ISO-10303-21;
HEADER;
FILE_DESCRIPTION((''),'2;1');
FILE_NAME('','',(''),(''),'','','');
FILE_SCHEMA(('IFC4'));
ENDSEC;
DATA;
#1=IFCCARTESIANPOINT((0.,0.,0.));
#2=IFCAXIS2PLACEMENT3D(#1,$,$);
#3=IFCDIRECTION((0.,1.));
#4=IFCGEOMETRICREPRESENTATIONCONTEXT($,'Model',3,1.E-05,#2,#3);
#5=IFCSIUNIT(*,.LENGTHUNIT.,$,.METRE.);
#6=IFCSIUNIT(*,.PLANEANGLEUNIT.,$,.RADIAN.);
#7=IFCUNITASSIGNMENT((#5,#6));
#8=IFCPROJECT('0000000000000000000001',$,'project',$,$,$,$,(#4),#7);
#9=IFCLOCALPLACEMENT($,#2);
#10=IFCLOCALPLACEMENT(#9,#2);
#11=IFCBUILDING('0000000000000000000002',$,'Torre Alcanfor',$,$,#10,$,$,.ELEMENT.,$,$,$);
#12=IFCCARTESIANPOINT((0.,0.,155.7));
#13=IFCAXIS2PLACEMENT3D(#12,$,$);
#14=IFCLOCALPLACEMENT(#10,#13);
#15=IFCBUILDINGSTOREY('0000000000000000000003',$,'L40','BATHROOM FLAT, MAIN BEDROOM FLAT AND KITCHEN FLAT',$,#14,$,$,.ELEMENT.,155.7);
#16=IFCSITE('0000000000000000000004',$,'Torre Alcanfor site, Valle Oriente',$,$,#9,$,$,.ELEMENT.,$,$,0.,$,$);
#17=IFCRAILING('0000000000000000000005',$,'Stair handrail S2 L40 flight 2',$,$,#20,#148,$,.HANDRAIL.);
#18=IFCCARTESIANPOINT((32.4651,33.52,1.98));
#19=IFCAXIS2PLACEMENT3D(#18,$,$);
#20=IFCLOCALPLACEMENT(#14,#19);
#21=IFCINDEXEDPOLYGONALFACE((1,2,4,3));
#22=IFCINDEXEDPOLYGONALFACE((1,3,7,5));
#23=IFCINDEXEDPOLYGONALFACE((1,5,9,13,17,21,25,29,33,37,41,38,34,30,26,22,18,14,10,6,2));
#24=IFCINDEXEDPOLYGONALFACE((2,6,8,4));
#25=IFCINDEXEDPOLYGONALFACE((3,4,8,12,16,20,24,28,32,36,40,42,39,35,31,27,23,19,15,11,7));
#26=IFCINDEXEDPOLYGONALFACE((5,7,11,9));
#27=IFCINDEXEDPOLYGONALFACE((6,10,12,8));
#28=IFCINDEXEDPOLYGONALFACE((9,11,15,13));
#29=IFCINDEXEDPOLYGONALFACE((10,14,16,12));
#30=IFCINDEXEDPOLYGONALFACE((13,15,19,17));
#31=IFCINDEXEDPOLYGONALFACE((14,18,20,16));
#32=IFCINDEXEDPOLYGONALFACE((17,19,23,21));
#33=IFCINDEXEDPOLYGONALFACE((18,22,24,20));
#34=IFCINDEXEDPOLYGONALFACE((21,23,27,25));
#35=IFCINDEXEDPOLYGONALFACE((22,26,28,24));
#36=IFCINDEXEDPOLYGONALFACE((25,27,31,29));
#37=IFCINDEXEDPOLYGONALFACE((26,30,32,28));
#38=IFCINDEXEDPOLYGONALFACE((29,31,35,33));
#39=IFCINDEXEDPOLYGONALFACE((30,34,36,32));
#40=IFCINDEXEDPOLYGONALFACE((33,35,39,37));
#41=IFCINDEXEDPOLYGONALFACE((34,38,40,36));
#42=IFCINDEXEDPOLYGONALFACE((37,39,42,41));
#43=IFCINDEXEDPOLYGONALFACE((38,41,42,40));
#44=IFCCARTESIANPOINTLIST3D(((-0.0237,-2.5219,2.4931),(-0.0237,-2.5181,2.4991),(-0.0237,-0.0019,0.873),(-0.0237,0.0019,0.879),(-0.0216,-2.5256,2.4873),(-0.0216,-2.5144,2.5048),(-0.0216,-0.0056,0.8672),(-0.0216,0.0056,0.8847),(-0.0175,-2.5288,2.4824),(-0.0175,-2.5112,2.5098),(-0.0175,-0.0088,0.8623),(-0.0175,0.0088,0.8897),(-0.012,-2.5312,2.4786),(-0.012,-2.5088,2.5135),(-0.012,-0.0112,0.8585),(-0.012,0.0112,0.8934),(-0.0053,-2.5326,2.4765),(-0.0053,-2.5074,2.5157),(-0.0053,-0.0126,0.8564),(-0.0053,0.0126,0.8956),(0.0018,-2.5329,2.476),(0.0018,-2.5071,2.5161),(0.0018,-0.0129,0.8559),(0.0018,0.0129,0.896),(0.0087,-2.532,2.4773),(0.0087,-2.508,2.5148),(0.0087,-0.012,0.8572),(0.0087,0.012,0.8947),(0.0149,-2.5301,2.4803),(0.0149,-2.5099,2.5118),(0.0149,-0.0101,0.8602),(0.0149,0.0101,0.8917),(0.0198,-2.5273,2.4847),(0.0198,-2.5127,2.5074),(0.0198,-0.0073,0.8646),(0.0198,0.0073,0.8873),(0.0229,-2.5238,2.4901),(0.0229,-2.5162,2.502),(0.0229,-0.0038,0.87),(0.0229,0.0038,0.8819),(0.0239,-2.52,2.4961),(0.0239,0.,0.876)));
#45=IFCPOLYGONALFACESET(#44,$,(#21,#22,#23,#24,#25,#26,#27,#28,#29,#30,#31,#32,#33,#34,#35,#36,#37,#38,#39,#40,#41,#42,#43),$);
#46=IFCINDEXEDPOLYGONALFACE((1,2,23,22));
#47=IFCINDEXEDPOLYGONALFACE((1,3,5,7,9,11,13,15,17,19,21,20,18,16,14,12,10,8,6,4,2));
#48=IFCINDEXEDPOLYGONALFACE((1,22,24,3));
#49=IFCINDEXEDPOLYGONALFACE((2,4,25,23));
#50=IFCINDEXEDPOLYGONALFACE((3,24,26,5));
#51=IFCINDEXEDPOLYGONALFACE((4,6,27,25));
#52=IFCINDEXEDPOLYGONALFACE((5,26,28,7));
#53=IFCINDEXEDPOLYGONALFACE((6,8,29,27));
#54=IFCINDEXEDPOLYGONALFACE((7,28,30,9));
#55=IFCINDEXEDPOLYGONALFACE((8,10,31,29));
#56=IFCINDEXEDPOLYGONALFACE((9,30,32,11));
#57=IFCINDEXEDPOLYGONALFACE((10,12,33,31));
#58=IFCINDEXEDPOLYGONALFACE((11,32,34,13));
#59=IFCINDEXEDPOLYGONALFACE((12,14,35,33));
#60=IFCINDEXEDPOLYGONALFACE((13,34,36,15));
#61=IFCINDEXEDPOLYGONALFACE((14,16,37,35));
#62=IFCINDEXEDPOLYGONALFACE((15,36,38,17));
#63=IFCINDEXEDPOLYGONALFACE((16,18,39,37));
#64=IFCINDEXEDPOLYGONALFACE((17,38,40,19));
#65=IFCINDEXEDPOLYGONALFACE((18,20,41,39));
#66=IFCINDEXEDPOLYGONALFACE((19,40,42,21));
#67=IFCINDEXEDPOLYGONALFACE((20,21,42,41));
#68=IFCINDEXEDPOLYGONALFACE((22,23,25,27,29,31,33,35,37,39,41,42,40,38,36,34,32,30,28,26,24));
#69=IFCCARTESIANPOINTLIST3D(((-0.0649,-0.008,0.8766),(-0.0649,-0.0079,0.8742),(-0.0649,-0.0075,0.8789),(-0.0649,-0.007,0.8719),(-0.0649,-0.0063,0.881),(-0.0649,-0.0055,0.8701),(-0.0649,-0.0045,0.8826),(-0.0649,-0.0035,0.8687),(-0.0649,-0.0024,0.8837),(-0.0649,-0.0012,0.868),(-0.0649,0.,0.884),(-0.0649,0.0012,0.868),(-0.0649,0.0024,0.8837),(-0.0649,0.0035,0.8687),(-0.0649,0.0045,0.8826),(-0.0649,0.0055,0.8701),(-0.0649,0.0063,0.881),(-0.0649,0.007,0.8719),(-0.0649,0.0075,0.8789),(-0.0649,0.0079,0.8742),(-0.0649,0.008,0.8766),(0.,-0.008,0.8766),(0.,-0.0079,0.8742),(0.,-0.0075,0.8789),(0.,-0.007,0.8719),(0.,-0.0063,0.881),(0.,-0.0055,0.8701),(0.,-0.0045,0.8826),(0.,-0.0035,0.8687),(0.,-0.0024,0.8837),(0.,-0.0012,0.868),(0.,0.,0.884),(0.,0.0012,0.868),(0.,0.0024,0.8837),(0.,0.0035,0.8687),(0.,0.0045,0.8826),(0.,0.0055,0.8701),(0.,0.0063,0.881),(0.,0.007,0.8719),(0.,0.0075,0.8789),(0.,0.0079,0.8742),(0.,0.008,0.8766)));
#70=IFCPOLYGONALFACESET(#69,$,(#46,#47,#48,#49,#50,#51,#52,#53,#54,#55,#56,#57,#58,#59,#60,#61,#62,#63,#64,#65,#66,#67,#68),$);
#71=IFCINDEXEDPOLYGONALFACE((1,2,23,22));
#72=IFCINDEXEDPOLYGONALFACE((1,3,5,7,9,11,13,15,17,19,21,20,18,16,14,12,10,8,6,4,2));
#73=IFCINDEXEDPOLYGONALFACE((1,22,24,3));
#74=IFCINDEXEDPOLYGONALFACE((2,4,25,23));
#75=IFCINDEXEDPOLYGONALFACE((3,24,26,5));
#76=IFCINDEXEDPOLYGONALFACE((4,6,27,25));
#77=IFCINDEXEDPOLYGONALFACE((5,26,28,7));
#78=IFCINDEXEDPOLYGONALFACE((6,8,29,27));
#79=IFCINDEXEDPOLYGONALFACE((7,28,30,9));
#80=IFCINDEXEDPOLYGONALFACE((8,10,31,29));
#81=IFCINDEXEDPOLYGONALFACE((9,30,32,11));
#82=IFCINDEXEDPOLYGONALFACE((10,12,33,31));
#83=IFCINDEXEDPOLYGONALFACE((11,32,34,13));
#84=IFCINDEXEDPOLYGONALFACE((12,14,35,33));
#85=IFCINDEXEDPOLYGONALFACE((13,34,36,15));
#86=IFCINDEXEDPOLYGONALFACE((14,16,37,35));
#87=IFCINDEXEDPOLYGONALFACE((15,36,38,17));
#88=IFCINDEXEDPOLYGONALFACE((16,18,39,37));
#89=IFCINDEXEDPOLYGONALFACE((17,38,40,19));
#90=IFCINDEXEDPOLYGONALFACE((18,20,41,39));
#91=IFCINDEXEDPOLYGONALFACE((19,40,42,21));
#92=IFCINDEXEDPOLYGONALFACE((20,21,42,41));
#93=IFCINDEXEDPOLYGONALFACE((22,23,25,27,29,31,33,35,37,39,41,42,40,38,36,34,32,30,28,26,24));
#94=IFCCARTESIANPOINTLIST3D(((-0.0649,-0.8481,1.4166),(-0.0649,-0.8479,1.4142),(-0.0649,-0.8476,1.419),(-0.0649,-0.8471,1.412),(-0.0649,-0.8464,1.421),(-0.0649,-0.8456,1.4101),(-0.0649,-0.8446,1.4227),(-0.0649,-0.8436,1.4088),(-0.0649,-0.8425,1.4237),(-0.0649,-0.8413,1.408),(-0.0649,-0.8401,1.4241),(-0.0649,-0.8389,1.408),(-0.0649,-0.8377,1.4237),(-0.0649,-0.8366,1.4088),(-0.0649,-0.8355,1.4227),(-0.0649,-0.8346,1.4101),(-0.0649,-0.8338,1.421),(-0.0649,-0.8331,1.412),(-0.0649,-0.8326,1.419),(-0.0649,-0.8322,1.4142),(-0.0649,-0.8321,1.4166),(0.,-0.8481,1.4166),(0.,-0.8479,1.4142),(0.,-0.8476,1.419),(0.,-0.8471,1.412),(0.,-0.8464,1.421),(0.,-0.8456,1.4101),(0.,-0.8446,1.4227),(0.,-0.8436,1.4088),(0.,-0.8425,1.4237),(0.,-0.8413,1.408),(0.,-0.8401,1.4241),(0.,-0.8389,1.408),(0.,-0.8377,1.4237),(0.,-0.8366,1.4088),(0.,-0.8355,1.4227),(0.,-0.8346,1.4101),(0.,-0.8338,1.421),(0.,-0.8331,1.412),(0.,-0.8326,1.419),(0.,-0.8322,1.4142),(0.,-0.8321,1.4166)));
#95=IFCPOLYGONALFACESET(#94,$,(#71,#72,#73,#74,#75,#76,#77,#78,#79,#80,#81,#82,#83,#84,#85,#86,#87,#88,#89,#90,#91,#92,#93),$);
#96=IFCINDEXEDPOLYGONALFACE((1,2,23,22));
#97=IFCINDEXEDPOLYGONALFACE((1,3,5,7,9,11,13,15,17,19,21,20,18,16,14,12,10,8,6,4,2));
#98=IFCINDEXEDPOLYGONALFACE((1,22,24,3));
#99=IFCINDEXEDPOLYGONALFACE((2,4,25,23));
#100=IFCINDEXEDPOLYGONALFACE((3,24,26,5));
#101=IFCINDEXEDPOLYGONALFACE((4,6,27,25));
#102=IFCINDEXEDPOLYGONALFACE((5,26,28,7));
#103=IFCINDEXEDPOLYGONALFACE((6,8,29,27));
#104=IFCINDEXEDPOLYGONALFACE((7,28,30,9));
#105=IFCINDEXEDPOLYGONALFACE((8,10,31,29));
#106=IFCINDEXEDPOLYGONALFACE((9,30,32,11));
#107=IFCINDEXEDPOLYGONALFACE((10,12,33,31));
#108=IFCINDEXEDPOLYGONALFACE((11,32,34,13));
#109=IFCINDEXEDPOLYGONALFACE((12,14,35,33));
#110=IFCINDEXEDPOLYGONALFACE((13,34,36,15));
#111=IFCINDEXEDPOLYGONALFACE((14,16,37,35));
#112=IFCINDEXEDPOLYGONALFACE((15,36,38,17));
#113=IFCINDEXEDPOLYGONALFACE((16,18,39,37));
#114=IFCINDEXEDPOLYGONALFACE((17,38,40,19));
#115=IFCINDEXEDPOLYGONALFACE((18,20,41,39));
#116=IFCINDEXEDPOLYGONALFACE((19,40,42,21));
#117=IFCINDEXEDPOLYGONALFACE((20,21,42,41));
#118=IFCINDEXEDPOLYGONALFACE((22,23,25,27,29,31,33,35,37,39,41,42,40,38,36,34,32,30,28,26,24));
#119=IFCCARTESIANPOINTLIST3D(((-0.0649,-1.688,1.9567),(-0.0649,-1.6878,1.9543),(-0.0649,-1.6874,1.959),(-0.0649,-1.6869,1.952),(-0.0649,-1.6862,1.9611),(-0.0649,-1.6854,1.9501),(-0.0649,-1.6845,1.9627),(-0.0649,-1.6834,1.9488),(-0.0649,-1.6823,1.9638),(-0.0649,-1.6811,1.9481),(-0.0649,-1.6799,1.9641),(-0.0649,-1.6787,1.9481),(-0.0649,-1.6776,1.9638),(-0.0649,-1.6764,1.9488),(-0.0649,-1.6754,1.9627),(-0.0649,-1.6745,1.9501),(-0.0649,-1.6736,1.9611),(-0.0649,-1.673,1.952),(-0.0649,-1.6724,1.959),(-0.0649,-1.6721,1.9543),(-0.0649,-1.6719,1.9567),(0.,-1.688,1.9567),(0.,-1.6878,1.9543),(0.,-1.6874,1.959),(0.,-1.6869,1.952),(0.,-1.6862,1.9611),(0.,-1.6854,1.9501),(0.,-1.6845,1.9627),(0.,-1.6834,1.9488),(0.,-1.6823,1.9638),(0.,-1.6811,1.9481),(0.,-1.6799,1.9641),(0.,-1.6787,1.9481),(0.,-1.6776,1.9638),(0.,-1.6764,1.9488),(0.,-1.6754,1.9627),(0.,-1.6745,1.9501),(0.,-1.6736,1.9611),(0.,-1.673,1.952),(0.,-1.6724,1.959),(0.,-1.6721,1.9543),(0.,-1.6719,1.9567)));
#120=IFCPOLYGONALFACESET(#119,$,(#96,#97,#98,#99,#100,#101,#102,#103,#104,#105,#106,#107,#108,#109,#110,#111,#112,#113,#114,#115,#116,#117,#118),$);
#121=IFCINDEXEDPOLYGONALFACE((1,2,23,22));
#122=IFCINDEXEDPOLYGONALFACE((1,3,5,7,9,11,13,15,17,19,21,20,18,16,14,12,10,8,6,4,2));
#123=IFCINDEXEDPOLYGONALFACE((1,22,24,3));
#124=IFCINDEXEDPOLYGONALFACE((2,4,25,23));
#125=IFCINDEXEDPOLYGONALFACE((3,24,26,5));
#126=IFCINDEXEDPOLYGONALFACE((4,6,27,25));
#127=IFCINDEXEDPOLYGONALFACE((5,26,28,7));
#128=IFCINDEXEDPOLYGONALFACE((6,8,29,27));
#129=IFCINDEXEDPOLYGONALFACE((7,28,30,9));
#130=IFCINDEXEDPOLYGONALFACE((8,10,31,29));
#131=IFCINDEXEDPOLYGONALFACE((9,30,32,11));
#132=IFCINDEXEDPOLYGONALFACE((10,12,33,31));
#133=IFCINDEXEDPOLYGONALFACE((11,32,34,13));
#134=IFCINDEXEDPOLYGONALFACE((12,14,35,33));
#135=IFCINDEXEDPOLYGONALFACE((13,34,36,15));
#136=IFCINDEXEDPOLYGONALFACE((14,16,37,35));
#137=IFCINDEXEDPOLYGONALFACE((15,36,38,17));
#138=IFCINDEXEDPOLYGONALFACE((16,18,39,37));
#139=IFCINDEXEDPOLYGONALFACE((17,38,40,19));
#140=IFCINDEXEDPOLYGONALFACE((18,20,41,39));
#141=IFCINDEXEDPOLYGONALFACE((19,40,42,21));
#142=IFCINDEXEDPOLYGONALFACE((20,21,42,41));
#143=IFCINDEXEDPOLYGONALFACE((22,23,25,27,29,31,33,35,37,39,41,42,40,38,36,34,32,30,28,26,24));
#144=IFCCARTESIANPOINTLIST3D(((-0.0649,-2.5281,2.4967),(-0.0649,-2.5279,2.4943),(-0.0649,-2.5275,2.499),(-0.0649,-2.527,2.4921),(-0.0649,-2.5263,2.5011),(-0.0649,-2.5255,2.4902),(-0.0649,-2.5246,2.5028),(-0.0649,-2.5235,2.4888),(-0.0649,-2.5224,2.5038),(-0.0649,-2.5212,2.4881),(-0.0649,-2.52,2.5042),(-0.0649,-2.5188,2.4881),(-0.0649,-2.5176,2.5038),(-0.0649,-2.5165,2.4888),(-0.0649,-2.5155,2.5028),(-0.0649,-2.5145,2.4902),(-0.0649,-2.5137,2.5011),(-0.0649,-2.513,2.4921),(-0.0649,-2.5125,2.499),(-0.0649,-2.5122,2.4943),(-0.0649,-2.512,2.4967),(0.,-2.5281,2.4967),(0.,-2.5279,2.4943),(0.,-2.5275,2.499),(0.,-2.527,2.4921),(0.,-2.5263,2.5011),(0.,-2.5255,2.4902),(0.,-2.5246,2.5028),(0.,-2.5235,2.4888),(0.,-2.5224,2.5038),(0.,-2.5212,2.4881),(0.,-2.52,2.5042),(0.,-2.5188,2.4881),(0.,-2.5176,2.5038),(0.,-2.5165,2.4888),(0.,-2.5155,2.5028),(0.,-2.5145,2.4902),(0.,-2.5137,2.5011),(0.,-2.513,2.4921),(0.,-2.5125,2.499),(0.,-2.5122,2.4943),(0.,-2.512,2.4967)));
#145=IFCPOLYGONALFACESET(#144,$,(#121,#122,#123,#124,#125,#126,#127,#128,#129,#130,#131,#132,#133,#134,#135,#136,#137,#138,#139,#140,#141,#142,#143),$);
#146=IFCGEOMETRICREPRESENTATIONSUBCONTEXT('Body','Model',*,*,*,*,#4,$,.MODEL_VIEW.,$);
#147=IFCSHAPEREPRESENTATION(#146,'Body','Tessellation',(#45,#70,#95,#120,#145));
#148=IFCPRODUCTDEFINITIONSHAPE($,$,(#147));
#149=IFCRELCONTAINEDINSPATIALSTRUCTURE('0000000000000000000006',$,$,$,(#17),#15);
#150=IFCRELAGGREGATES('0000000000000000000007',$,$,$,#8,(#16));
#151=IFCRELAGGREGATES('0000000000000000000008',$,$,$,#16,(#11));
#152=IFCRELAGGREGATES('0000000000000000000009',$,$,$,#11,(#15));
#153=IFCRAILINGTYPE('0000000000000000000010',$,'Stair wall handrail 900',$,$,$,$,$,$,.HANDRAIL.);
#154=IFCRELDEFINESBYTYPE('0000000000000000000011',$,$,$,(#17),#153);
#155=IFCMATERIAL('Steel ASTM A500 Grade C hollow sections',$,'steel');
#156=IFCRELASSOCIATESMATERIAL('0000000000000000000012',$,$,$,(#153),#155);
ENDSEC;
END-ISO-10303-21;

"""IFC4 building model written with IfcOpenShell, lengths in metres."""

from ifc_helpers import new_model, si_unit, direction, frame, origin, origin_2d, place, context, subcontext, project, spatial, circle, extrude, material, type_object, element, save


model = new_model("IFC4")

# Units and contexts
model_context = context("Model", 3, precision=1e-05, world=origin(), true_north=direction((0.0, 1.0)))
body_context = subcontext(model_context, "Body", "Model", "MODEL_VIEW")
ifc_project = project(units=[si_unit("LENGTHUNIT", "METRE"), si_unit("PLANEANGLEUNIT", "RADIAN")], contexts=[model_context])

# Site, building, storey
site_placement = place(None, origin())
site = spatial("IfcSite", under=ifc_project, at=site_placement, Name="Torre Alcanfor site, Valle Oriente", CompositionType="ELEMENT", RefElevation=0.0)
building_placement = place(site_placement, origin())
building = spatial("IfcBuilding", under=site, at=building_placement, Name="Torre Alcanfor", CompositionType="ELEMENT")
storey_placement = place(building_placement, frame((0.0, 0.0, 155.7)))
storey = spatial("IfcBuildingStorey", under=building, at=storey_placement, Name="L40", Description="BATHROOM FLAT, MAIN BEDROOM FLAT AND KITCHEN FLAT", CompositionType="ELEMENT", Elevation=155.7)

# Railing
ifc_material_1 = material(Name="Steel ASTM A500 Grade C hollow sections", Category="steel")
railing_type_1 = type_object("IfcRailingType", Name="Stair wall handrail 900", PredefinedType="HANDRAIL", material=ifc_material_1)
railing_1_placement = place(storey_placement, frame((32.4651, 33.52, 1.98)))
element("IfcRailing", 1, at=railing_1_placement, inside=storey, type_object=railing_type_1, Name="Stair handrail S2 L40 flight 2", PredefinedType="HANDRAIL", context=body_context, shape_type="SweptSolid", body=[
    extrude(circle(Radius=0.0239, at=origin_2d()), frame((0.0, 0.0, 0.876), z_axis=(0.0, -0.841163, 0.540782), x_axis=(1.0, 0.0, 0.0)), (0.0, 0.0, 1.0), 2.9958),
    extrude(circle(Radius=0.0081, at=origin_2d()), frame((0.0, 0.0, 0.876), z_axis=(-1.0, 0.0, 0.0), x_axis=(0.0, 0.0, 1.0)), (0.0, 0.0, 1.0), 0.0649),
    extrude(circle(Radius=0.0081, at=origin_2d()), frame((0.0, -0.8401, 1.416), z_axis=(-1.0, 0.0, 0.0), x_axis=(0.0, 0.0, 1.0)), (0.0, 0.0, 1.0), 0.0649),
    extrude(circle(Radius=0.0081, at=origin_2d()), frame((0.0, -1.6799, 1.9561), z_axis=(-1.0, 0.0, 0.0), x_axis=(0.0, 0.0, 1.0)), (0.0, 0.0, 1.0), 0.0649),
    extrude(circle(Radius=0.0081, at=origin_2d()), frame((0.0, -2.52, 2.4961), z_axis=(-1.0, 0.0, 0.0), x_axis=(0.0, 0.0, 1.0)), (0.0, 0.0, 1.0), 0.0649),
])

save(model, "model.ifc")
